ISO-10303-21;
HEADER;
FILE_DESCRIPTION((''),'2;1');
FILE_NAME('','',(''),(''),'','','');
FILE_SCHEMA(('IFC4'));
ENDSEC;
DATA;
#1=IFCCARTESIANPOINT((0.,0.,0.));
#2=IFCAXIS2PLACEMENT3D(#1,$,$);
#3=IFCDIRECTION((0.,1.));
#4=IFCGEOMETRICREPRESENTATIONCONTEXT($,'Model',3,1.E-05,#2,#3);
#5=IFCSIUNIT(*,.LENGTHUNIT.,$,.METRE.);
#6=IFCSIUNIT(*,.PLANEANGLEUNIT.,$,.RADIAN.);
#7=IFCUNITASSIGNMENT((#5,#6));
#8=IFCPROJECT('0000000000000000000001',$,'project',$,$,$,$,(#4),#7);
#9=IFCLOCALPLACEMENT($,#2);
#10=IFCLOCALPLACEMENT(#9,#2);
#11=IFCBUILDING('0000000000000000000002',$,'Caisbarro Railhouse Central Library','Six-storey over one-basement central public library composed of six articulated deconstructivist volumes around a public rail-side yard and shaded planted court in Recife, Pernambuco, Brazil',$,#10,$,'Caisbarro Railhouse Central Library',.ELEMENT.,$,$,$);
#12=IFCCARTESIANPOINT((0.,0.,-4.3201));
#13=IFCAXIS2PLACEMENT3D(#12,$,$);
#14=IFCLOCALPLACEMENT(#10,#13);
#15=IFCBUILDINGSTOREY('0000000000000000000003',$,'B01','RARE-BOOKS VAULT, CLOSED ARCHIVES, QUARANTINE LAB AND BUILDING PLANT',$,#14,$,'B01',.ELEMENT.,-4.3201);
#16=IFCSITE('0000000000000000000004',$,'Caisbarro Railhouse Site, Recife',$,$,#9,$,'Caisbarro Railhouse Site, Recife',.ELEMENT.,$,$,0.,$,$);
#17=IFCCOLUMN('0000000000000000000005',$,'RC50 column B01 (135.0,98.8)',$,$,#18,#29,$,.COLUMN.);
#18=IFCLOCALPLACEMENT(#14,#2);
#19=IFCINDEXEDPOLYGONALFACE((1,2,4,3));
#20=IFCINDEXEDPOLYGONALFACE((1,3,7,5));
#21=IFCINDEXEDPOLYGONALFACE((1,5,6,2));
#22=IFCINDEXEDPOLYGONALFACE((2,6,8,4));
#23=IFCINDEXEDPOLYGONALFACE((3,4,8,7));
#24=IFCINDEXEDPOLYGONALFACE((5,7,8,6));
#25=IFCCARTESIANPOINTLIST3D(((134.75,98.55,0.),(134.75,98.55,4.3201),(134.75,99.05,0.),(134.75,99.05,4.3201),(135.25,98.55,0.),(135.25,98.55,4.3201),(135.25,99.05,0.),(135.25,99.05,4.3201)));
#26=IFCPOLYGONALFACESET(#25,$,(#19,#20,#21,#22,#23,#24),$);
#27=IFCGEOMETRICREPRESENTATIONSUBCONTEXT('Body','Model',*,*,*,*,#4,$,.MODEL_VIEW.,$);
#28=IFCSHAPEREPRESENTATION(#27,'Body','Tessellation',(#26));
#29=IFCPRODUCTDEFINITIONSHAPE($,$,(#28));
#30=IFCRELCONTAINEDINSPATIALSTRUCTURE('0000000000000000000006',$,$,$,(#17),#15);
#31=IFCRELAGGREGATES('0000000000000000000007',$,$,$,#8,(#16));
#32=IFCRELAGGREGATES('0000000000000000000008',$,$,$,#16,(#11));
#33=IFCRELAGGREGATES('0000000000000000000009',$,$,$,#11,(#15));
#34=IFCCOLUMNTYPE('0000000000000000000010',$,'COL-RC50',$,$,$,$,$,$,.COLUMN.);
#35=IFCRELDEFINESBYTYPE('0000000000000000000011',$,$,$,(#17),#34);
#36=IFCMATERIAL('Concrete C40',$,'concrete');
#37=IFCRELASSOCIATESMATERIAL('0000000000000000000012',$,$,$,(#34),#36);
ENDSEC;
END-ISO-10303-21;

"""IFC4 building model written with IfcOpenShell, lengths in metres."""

from ifc_helpers import new_model, si_unit, direction, frame, origin, origin_2d, place, context, subcontext, project, spatial, rectangle, extrude, material, material_profile, profile_set, type_object, element, save


model = new_model("IFC4")

# Units and contexts
model_context = context("Model", 3, precision=1e-05, world=origin(), true_north=direction((0.0, 1.0)))
body_context = subcontext(model_context, "Body", "Model", "MODEL_VIEW")
ifc_project = project(units=[si_unit("LENGTHUNIT", "METRE"), si_unit("PLANEANGLEUNIT", "RADIAN")], contexts=[model_context])

# Site, building, storey
site_placement = place(None, origin())
site = spatial("IfcSite", under=ifc_project, at=site_placement, Name="Caisbarro Railhouse Site, Recife", LongName="Caisbarro Railhouse Site, Recife", CompositionType="ELEMENT", RefElevation=0.0)
building_placement = place(site_placement, origin())
building = spatial("IfcBuilding", under=site, at=building_placement, Name="Caisbarro Railhouse Central Library", Description="Six-storey over one-basement central public library composed of six articulated deconstructivist volumes around a public rail-side yard and shaded planted court in Recife, Pernambuco, Brazil", LongName="Caisbarro Railhouse Central Library", CompositionType="ELEMENT")
storey_placement = place(building_placement, frame((0.0, 0.0, -4.3201)))
storey = spatial("IfcBuildingStorey", under=building, at=storey_placement, Name="B01", Description="RARE-BOOKS VAULT, CLOSED ARCHIVES, QUARANTINE LAB AND BUILDING PLANT", LongName="B01", CompositionType="ELEMENT", Elevation=-4.3201)

# Shared definitions
ifc_material_1 = material(Name="Concrete C40", Category="concrete")

# Column
ifc_material_profile_1 = material_profile(ifc_material_1, rectangle(XDim=0.5, YDim=0.5, at=origin_2d()), Name="RC-COL-500X500")
ifc_profile_set_1 = profile_set([ifc_material_profile_1], Name="Concrete C40")
column_type = type_object("IfcColumnType", Name="COL-RC50", PredefinedType="COLUMN", material=ifc_profile_set_1)
for number, where, z_axis, x_axis, name in (
    (1, (135.0, 98.8, 0.0), (0.0, 0.0, 1.0), (1.0, 0.0, 0.0), "RC50 column B01 (135.0,98.8)"),
):
    element("IfcColumn", number, at=place(storey_placement, frame(where, z_axis=z_axis, x_axis=x_axis)), inside=storey, type_object=column_type, Name=name, PredefinedType="COLUMN", context=body_context, shape_type="SweptSolid", body=[
        extrude(rectangle(XDim=0.5, YDim=0.5, at=origin_2d()), origin(), (0.0, 0.0, 1.0), 4.3201),
    ])

save(model, "model.ifc")
